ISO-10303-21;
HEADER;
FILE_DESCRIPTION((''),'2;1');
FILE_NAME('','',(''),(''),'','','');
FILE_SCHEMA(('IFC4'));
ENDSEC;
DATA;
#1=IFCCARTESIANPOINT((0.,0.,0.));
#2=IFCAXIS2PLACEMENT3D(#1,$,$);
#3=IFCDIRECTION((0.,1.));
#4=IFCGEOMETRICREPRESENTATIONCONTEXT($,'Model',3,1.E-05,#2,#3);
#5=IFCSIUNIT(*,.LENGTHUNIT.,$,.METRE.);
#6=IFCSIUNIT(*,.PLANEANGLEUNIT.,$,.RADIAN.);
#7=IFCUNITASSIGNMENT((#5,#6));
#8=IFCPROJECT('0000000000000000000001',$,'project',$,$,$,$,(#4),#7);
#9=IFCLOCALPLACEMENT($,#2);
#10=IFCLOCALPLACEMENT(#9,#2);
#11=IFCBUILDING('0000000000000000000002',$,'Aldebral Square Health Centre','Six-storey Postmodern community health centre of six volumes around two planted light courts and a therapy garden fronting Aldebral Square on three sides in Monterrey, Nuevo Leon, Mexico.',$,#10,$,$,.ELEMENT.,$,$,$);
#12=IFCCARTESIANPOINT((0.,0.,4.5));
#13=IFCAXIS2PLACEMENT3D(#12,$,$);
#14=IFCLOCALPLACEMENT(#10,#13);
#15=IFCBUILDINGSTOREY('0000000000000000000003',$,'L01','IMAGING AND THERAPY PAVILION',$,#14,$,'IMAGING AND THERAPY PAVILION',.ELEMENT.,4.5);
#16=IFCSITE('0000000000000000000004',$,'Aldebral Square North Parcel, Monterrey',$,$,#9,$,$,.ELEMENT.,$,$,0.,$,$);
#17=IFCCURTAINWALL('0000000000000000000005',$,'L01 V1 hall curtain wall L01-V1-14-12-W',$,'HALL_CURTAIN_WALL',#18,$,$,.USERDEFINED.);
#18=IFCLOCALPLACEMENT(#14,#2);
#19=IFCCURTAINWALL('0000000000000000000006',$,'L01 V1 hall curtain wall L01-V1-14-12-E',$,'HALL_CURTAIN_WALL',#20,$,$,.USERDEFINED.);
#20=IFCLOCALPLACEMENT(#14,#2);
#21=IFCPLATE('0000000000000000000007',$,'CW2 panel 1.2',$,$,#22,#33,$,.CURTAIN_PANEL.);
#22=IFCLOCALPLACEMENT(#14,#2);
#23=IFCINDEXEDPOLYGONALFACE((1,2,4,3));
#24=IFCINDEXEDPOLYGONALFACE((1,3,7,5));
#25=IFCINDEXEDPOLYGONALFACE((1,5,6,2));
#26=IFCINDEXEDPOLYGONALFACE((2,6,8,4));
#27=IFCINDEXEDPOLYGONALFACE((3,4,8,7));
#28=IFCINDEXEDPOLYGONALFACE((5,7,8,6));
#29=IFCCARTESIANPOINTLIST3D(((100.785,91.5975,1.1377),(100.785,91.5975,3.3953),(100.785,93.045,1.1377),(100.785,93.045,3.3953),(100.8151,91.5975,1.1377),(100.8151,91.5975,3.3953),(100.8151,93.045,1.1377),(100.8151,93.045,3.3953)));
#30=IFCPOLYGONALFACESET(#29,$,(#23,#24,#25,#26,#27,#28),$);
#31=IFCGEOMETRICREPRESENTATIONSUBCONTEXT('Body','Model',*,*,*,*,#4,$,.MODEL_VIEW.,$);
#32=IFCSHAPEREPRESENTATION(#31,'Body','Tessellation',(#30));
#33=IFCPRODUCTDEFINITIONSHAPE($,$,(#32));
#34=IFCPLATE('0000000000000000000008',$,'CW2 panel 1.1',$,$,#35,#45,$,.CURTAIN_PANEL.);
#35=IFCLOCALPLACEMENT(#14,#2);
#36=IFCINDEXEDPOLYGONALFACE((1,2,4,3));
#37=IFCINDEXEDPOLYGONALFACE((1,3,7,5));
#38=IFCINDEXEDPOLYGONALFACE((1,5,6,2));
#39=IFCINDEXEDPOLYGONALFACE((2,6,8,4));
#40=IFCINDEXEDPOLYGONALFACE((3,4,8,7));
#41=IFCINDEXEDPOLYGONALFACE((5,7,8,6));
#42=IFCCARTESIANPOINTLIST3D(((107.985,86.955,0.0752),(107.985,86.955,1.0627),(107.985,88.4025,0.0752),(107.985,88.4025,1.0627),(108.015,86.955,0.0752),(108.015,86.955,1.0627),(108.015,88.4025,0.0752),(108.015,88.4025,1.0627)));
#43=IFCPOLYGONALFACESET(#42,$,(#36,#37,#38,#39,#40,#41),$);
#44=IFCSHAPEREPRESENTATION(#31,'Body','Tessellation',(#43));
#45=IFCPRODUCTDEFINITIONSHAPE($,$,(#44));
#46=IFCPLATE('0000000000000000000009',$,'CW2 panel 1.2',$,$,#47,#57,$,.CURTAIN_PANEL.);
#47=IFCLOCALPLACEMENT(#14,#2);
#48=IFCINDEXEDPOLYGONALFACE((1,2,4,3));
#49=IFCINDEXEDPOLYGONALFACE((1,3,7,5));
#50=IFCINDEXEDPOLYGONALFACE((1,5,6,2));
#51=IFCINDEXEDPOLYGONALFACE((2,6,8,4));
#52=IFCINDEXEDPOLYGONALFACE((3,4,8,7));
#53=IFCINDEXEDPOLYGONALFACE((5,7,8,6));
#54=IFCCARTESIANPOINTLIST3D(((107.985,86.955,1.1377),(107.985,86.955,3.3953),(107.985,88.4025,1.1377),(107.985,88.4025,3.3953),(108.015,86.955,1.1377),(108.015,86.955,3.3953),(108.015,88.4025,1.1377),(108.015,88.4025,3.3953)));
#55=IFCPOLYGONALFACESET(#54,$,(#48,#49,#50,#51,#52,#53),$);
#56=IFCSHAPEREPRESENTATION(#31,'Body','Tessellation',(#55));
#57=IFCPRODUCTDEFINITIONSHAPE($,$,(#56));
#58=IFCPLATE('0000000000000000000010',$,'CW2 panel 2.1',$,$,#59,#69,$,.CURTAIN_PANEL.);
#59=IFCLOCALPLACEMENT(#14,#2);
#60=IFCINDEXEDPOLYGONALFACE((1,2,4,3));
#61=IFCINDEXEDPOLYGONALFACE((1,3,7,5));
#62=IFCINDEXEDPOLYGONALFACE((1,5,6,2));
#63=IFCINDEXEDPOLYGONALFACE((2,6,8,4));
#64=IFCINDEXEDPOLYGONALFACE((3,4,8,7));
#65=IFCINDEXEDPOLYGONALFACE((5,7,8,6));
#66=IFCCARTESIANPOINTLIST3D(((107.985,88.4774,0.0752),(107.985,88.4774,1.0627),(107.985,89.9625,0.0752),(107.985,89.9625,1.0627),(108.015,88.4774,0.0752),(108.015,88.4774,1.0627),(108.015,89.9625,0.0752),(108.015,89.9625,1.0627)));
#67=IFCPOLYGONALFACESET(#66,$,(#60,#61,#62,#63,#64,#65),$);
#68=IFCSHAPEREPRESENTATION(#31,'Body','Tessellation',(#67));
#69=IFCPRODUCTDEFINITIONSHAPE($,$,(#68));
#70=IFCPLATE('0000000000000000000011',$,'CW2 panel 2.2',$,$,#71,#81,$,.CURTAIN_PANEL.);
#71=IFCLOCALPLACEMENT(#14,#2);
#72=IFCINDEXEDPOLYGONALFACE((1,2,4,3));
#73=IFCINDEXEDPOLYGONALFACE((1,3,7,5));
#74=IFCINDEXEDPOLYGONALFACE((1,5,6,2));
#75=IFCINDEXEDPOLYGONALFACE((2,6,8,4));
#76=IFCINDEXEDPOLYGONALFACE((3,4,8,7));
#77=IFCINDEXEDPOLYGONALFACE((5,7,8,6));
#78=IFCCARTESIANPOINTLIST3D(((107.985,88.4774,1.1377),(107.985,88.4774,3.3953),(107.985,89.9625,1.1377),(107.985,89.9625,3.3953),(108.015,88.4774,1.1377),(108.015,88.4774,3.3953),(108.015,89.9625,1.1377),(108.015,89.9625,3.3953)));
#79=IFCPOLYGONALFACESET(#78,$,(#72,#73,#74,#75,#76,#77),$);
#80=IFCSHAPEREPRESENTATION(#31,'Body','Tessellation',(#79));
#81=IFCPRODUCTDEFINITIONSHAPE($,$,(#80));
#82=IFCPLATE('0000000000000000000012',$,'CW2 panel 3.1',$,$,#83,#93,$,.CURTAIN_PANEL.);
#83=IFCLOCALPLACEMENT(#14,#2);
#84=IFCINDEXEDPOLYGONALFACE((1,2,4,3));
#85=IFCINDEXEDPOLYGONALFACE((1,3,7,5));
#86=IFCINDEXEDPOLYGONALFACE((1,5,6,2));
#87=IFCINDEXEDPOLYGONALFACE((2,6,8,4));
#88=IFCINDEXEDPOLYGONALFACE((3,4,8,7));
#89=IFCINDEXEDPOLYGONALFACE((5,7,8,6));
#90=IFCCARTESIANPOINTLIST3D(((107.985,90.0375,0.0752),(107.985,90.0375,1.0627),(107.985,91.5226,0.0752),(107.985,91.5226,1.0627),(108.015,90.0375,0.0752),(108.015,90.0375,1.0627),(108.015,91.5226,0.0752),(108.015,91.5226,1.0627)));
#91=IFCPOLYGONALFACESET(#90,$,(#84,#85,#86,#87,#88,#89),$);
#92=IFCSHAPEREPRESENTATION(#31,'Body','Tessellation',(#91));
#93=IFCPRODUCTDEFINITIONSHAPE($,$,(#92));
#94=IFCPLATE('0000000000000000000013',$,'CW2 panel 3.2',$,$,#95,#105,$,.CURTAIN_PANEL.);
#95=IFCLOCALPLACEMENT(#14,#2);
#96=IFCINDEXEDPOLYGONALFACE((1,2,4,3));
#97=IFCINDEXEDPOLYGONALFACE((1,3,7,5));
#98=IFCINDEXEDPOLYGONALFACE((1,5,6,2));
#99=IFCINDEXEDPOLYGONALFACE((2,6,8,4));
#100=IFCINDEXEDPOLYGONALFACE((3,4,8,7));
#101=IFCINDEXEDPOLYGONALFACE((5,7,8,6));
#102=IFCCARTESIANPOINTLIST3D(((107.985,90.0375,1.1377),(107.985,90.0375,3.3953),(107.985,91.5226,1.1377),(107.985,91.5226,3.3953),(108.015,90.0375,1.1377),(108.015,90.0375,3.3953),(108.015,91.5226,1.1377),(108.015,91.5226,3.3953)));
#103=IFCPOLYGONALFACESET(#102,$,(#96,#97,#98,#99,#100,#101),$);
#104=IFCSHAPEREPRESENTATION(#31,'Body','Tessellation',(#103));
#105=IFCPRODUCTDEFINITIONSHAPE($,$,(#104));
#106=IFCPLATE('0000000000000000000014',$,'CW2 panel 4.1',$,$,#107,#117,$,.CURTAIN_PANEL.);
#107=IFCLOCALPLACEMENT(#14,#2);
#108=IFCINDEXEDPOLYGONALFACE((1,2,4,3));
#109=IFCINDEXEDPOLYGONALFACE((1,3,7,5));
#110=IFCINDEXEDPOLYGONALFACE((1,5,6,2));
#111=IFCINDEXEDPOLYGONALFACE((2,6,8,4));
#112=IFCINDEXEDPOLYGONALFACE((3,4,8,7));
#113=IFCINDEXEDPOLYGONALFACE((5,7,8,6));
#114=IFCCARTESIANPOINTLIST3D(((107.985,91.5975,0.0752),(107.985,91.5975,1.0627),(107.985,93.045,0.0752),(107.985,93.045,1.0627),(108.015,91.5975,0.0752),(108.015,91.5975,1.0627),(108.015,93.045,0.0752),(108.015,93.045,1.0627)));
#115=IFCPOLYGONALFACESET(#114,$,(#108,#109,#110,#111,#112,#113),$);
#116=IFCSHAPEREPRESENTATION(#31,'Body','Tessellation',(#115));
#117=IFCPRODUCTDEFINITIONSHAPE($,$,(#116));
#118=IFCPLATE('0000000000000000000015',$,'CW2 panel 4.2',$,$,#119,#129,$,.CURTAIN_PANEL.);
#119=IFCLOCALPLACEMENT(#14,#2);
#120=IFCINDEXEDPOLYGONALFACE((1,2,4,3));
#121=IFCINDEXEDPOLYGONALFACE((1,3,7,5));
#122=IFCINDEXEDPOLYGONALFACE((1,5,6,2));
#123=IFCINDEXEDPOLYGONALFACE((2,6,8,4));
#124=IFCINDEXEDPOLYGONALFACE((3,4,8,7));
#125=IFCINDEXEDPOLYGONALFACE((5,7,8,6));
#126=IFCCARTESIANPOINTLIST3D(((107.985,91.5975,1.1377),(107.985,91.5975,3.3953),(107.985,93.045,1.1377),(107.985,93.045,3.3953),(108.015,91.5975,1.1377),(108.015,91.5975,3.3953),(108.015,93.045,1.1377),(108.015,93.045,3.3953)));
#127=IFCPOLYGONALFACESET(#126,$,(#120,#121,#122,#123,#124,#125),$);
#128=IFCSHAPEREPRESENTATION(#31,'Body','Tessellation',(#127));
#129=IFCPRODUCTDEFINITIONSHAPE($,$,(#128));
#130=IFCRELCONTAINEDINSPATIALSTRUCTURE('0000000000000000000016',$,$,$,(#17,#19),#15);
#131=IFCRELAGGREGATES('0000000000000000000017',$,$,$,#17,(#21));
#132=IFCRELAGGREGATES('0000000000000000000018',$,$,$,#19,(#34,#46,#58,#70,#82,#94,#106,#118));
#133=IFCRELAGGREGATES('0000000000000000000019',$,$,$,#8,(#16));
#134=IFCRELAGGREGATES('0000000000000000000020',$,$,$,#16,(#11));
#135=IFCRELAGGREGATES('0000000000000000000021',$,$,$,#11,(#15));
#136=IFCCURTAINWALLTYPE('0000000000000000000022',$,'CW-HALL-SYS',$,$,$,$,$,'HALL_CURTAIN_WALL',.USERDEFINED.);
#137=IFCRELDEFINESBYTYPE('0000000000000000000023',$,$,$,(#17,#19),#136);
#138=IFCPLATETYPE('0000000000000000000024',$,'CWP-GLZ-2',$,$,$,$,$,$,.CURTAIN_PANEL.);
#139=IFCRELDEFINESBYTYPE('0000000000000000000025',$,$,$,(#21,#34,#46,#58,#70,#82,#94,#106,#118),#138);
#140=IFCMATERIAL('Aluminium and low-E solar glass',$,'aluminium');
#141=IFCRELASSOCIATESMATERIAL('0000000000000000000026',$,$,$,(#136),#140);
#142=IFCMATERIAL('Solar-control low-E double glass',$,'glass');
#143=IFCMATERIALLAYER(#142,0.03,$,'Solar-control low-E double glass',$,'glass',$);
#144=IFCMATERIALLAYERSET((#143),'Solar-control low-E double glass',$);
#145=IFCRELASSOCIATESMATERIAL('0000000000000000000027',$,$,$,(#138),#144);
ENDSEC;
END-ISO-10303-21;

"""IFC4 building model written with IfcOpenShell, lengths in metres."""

from ifc_helpers import new_model, si_unit, direction, frame, origin, origin_2d, place, context, subcontext, project, spatial, rectangle, extrude, material, layer, layer_set, type_object, element, aggregate, save


model = new_model("IFC4")

# Units and contexts
model_context = context("Model", 3, precision=1e-05, world=origin(), true_north=direction((0.0, 1.0)))
body_context = subcontext(model_context, "Body", "Model", "MODEL_VIEW")
ifc_project = project(units=[si_unit("LENGTHUNIT", "METRE"), si_unit("PLANEANGLEUNIT", "RADIAN")], contexts=[model_context])

# Site, building, storey
site_placement = place(None, origin())
site = spatial("IfcSite", under=ifc_project, at=site_placement, Name="Aldebral Square North Parcel, Monterrey", CompositionType="ELEMENT", RefElevation=0.0)
building_placement = place(site_placement, origin())
building = spatial("IfcBuilding", under=site, at=building_placement, Name="Aldebral Square Health Centre", Description="Six-storey Postmodern community health centre of six volumes around two planted light courts and a therapy garden fronting Aldebral Square on three sides in Monterrey, Nuevo Leon, Mexico.", CompositionType="ELEMENT")
storey_placement = place(building_placement, frame((0.0, 0.0, 4.5)))
storey = spatial("IfcBuildingStorey", under=building, at=storey_placement, Name="L01", Description="IMAGING AND THERAPY PAVILION", LongName="IMAGING AND THERAPY PAVILION", CompositionType="ELEMENT", Elevation=4.5)

# Shared definitions
ifc_material_1 = material(Name="Aluminium and low-E solar glass", Category="aluminium")
curtain_wall_type = type_object("IfcCurtainWallType", Name="CW-HALL-SYS", ElementType="HALL_CURTAIN_WALL", PredefinedType="USERDEFINED", material=ifc_material_1)

# Curtain wall
curtain_wall_1_placement = place(storey_placement, origin())
curtain_wall_1 = element("IfcCurtainWall", 1, at=curtain_wall_1_placement, inside=storey, type_object=curtain_wall_type, Name="L01 V1 hall curtain wall L01-V1-14-12-W", ObjectType="HALL_CURTAIN_WALL", PredefinedType="USERDEFINED")

# Curtain wall
curtain_wall_2_placement = place(storey_placement, origin())
curtain_wall_2 = element("IfcCurtainWall", 2, at=curtain_wall_2_placement, inside=storey, type_object=curtain_wall_type, Name="L01 V1 hall curtain wall L01-V1-14-12-E", ObjectType="HALL_CURTAIN_WALL", PredefinedType="USERDEFINED")

# Plates
ifc_material_2 = material(Name="Solar-control low-E double glass", Category="glass")
ifc_layer = layer(ifc_material_2, 0.03, Name="Solar-control low-E double glass", Category="glass")
ifc_layer_set = layer_set([ifc_layer], Name="Solar-control low-E double glass")
plate_type = type_object("IfcPlateType", Name="CWP-GLZ-2", PredefinedType="CURTAIN_PANEL", material=ifc_layer_set)
plate_1_placement = place(storey_placement, frame((100.8, 92.3213, 1.1377), z_axis=(0.0, 0.0, 1.0), x_axis=(0.0, -1.0, 0.0)))
plate_1 = element("IfcPlate", 3, at=plate_1_placement, type_object=plate_type, Name="CW2 panel 1.2", PredefinedType="CURTAIN_PANEL", context=body_context, shape_type="SweptSolid", body=[
    extrude(rectangle(XDim=1.4475, YDim=0.03, at=origin_2d()), origin(), (0.0, 0.0, 1.0), 2.2576),
])
aggregate(curtain_wall_1, [plate_1])
plate_2_placement = place(storey_placement, frame((108.0, 87.6787, 0.0752), z_axis=(0.0, 0.0, 1.0), x_axis=(0.0, 1.0, 0.0)))
plate_2 = element("IfcPlate", 4, at=plate_2_placement, type_object=plate_type, Name="CW2 panel 1.1", PredefinedType="CURTAIN_PANEL", context=body_context, shape_type="SweptSolid", body=[
    extrude(rectangle(XDim=1.4475, YDim=0.03, at=origin_2d()), origin(), (0.0, 0.0, 1.0), 0.9875),
])
plate_3_placement = place(storey_placement, frame((108.0, 87.6787, 1.1377), z_axis=(0.0, 0.0, 1.0), x_axis=(0.0, 1.0, 0.0)))
plate_3 = element("IfcPlate", 5, at=plate_3_placement, type_object=plate_type, Name="CW2 panel 1.2", PredefinedType="CURTAIN_PANEL", context=body_context, shape_type="SweptSolid", body=[
    extrude(rectangle(XDim=1.4475, YDim=0.03, at=origin_2d()), origin(), (0.0, 0.0, 1.0), 2.2576),
])
plate_4_placement = place(storey_placement, frame((108.0, 89.22, 0.0752), z_axis=(0.0, 0.0, 1.0), x_axis=(0.0, 1.0, 0.0)))
plate_4 = element("IfcPlate", 6, at=plate_4_placement, type_object=plate_type, Name="CW2 panel 2.1", PredefinedType="CURTAIN_PANEL", context=body_context, shape_type="SweptSolid", body=[
    extrude(rectangle(XDim=1.4851, YDim=0.03, at=origin_2d()), origin(), (0.0, 0.0, 1.0), 0.9875),
])
plate_5_placement = place(storey_placement, frame((108.0, 89.22, 1.1377), z_axis=(0.0, 0.0, 1.0), x_axis=(0.0, 1.0, 0.0)))
plate_5 = element("IfcPlate", 7, at=plate_5_placement, type_object=plate_type, Name="CW2 panel 2.2", PredefinedType="CURTAIN_PANEL", context=body_context, shape_type="SweptSolid", body=[
    extrude(rectangle(XDim=1.4851, YDim=0.03, at=origin_2d()), origin(), (0.0, 0.0, 1.0), 2.2576),
])
plate_6_placement = place(storey_placement, frame((108.0, 90.78, 0.0752), z_axis=(0.0, 0.0, 1.0), x_axis=(0.0, 1.0, 0.0)))
plate_6 = element("IfcPlate", 8, at=plate_6_placement, type_object=plate_type, Name="CW2 panel 3.1", PredefinedType="CURTAIN_PANEL", context=body_context, shape_type="SweptSolid", body=[
    extrude(rectangle(XDim=1.4851, YDim=0.03, at=origin_2d()), origin(), (0.0, 0.0, 1.0), 0.9875),
])
plate_7_placement = place(storey_placement, frame((108.0, 90.78, 1.1377), z_axis=(0.0, 0.0, 1.0), x_axis=(0.0, 1.0, 0.0)))
plate_7 = element("IfcPlate", 9, at=plate_7_placement, type_object=plate_type, Name="CW2 panel 3.2", PredefinedType="CURTAIN_PANEL", context=body_context, shape_type="SweptSolid", body=[
    extrude(rectangle(XDim=1.4851, YDim=0.03, at=origin_2d()), origin(), (0.0, 0.0, 1.0), 2.2576),
])
plate_8_placement = place(storey_placement, frame((108.0, 92.3213, 0.0752), z_axis=(0.0, 0.0, 1.0), x_axis=(0.0, 1.0, 0.0)))
plate_8 = element("IfcPlate", 10, at=plate_8_placement, type_object=plate_type, Name="CW2 panel 4.1", PredefinedType="CURTAIN_PANEL", context=body_context, shape_type="SweptSolid", body=[
    extrude(rectangle(XDim=1.4475, YDim=0.03, at=origin_2d()), origin(), (0.0, 0.0, 1.0), 0.9875),
])
plate_9_placement = place(storey_placement, frame((108.0, 92.3213, 1.1377), z_axis=(0.0, 0.0, 1.0), x_axis=(0.0, 1.0, 0.0)))
plate_9 = element("IfcPlate", 11, at=plate_9_placement, type_object=plate_type, Name="CW2 panel 4.2", PredefinedType="CURTAIN_PANEL", context=body_context, shape_type="SweptSolid", body=[
    extrude(rectangle(XDim=1.4475, YDim=0.03, at=origin_2d()), origin(), (0.0, 0.0, 1.0), 2.2576),
])
aggregate(curtain_wall_2, [plate_2, plate_3, plate_4, plate_5, plate_6, plate_7, plate_8, plate_9])

save(model, "model.ifc")
